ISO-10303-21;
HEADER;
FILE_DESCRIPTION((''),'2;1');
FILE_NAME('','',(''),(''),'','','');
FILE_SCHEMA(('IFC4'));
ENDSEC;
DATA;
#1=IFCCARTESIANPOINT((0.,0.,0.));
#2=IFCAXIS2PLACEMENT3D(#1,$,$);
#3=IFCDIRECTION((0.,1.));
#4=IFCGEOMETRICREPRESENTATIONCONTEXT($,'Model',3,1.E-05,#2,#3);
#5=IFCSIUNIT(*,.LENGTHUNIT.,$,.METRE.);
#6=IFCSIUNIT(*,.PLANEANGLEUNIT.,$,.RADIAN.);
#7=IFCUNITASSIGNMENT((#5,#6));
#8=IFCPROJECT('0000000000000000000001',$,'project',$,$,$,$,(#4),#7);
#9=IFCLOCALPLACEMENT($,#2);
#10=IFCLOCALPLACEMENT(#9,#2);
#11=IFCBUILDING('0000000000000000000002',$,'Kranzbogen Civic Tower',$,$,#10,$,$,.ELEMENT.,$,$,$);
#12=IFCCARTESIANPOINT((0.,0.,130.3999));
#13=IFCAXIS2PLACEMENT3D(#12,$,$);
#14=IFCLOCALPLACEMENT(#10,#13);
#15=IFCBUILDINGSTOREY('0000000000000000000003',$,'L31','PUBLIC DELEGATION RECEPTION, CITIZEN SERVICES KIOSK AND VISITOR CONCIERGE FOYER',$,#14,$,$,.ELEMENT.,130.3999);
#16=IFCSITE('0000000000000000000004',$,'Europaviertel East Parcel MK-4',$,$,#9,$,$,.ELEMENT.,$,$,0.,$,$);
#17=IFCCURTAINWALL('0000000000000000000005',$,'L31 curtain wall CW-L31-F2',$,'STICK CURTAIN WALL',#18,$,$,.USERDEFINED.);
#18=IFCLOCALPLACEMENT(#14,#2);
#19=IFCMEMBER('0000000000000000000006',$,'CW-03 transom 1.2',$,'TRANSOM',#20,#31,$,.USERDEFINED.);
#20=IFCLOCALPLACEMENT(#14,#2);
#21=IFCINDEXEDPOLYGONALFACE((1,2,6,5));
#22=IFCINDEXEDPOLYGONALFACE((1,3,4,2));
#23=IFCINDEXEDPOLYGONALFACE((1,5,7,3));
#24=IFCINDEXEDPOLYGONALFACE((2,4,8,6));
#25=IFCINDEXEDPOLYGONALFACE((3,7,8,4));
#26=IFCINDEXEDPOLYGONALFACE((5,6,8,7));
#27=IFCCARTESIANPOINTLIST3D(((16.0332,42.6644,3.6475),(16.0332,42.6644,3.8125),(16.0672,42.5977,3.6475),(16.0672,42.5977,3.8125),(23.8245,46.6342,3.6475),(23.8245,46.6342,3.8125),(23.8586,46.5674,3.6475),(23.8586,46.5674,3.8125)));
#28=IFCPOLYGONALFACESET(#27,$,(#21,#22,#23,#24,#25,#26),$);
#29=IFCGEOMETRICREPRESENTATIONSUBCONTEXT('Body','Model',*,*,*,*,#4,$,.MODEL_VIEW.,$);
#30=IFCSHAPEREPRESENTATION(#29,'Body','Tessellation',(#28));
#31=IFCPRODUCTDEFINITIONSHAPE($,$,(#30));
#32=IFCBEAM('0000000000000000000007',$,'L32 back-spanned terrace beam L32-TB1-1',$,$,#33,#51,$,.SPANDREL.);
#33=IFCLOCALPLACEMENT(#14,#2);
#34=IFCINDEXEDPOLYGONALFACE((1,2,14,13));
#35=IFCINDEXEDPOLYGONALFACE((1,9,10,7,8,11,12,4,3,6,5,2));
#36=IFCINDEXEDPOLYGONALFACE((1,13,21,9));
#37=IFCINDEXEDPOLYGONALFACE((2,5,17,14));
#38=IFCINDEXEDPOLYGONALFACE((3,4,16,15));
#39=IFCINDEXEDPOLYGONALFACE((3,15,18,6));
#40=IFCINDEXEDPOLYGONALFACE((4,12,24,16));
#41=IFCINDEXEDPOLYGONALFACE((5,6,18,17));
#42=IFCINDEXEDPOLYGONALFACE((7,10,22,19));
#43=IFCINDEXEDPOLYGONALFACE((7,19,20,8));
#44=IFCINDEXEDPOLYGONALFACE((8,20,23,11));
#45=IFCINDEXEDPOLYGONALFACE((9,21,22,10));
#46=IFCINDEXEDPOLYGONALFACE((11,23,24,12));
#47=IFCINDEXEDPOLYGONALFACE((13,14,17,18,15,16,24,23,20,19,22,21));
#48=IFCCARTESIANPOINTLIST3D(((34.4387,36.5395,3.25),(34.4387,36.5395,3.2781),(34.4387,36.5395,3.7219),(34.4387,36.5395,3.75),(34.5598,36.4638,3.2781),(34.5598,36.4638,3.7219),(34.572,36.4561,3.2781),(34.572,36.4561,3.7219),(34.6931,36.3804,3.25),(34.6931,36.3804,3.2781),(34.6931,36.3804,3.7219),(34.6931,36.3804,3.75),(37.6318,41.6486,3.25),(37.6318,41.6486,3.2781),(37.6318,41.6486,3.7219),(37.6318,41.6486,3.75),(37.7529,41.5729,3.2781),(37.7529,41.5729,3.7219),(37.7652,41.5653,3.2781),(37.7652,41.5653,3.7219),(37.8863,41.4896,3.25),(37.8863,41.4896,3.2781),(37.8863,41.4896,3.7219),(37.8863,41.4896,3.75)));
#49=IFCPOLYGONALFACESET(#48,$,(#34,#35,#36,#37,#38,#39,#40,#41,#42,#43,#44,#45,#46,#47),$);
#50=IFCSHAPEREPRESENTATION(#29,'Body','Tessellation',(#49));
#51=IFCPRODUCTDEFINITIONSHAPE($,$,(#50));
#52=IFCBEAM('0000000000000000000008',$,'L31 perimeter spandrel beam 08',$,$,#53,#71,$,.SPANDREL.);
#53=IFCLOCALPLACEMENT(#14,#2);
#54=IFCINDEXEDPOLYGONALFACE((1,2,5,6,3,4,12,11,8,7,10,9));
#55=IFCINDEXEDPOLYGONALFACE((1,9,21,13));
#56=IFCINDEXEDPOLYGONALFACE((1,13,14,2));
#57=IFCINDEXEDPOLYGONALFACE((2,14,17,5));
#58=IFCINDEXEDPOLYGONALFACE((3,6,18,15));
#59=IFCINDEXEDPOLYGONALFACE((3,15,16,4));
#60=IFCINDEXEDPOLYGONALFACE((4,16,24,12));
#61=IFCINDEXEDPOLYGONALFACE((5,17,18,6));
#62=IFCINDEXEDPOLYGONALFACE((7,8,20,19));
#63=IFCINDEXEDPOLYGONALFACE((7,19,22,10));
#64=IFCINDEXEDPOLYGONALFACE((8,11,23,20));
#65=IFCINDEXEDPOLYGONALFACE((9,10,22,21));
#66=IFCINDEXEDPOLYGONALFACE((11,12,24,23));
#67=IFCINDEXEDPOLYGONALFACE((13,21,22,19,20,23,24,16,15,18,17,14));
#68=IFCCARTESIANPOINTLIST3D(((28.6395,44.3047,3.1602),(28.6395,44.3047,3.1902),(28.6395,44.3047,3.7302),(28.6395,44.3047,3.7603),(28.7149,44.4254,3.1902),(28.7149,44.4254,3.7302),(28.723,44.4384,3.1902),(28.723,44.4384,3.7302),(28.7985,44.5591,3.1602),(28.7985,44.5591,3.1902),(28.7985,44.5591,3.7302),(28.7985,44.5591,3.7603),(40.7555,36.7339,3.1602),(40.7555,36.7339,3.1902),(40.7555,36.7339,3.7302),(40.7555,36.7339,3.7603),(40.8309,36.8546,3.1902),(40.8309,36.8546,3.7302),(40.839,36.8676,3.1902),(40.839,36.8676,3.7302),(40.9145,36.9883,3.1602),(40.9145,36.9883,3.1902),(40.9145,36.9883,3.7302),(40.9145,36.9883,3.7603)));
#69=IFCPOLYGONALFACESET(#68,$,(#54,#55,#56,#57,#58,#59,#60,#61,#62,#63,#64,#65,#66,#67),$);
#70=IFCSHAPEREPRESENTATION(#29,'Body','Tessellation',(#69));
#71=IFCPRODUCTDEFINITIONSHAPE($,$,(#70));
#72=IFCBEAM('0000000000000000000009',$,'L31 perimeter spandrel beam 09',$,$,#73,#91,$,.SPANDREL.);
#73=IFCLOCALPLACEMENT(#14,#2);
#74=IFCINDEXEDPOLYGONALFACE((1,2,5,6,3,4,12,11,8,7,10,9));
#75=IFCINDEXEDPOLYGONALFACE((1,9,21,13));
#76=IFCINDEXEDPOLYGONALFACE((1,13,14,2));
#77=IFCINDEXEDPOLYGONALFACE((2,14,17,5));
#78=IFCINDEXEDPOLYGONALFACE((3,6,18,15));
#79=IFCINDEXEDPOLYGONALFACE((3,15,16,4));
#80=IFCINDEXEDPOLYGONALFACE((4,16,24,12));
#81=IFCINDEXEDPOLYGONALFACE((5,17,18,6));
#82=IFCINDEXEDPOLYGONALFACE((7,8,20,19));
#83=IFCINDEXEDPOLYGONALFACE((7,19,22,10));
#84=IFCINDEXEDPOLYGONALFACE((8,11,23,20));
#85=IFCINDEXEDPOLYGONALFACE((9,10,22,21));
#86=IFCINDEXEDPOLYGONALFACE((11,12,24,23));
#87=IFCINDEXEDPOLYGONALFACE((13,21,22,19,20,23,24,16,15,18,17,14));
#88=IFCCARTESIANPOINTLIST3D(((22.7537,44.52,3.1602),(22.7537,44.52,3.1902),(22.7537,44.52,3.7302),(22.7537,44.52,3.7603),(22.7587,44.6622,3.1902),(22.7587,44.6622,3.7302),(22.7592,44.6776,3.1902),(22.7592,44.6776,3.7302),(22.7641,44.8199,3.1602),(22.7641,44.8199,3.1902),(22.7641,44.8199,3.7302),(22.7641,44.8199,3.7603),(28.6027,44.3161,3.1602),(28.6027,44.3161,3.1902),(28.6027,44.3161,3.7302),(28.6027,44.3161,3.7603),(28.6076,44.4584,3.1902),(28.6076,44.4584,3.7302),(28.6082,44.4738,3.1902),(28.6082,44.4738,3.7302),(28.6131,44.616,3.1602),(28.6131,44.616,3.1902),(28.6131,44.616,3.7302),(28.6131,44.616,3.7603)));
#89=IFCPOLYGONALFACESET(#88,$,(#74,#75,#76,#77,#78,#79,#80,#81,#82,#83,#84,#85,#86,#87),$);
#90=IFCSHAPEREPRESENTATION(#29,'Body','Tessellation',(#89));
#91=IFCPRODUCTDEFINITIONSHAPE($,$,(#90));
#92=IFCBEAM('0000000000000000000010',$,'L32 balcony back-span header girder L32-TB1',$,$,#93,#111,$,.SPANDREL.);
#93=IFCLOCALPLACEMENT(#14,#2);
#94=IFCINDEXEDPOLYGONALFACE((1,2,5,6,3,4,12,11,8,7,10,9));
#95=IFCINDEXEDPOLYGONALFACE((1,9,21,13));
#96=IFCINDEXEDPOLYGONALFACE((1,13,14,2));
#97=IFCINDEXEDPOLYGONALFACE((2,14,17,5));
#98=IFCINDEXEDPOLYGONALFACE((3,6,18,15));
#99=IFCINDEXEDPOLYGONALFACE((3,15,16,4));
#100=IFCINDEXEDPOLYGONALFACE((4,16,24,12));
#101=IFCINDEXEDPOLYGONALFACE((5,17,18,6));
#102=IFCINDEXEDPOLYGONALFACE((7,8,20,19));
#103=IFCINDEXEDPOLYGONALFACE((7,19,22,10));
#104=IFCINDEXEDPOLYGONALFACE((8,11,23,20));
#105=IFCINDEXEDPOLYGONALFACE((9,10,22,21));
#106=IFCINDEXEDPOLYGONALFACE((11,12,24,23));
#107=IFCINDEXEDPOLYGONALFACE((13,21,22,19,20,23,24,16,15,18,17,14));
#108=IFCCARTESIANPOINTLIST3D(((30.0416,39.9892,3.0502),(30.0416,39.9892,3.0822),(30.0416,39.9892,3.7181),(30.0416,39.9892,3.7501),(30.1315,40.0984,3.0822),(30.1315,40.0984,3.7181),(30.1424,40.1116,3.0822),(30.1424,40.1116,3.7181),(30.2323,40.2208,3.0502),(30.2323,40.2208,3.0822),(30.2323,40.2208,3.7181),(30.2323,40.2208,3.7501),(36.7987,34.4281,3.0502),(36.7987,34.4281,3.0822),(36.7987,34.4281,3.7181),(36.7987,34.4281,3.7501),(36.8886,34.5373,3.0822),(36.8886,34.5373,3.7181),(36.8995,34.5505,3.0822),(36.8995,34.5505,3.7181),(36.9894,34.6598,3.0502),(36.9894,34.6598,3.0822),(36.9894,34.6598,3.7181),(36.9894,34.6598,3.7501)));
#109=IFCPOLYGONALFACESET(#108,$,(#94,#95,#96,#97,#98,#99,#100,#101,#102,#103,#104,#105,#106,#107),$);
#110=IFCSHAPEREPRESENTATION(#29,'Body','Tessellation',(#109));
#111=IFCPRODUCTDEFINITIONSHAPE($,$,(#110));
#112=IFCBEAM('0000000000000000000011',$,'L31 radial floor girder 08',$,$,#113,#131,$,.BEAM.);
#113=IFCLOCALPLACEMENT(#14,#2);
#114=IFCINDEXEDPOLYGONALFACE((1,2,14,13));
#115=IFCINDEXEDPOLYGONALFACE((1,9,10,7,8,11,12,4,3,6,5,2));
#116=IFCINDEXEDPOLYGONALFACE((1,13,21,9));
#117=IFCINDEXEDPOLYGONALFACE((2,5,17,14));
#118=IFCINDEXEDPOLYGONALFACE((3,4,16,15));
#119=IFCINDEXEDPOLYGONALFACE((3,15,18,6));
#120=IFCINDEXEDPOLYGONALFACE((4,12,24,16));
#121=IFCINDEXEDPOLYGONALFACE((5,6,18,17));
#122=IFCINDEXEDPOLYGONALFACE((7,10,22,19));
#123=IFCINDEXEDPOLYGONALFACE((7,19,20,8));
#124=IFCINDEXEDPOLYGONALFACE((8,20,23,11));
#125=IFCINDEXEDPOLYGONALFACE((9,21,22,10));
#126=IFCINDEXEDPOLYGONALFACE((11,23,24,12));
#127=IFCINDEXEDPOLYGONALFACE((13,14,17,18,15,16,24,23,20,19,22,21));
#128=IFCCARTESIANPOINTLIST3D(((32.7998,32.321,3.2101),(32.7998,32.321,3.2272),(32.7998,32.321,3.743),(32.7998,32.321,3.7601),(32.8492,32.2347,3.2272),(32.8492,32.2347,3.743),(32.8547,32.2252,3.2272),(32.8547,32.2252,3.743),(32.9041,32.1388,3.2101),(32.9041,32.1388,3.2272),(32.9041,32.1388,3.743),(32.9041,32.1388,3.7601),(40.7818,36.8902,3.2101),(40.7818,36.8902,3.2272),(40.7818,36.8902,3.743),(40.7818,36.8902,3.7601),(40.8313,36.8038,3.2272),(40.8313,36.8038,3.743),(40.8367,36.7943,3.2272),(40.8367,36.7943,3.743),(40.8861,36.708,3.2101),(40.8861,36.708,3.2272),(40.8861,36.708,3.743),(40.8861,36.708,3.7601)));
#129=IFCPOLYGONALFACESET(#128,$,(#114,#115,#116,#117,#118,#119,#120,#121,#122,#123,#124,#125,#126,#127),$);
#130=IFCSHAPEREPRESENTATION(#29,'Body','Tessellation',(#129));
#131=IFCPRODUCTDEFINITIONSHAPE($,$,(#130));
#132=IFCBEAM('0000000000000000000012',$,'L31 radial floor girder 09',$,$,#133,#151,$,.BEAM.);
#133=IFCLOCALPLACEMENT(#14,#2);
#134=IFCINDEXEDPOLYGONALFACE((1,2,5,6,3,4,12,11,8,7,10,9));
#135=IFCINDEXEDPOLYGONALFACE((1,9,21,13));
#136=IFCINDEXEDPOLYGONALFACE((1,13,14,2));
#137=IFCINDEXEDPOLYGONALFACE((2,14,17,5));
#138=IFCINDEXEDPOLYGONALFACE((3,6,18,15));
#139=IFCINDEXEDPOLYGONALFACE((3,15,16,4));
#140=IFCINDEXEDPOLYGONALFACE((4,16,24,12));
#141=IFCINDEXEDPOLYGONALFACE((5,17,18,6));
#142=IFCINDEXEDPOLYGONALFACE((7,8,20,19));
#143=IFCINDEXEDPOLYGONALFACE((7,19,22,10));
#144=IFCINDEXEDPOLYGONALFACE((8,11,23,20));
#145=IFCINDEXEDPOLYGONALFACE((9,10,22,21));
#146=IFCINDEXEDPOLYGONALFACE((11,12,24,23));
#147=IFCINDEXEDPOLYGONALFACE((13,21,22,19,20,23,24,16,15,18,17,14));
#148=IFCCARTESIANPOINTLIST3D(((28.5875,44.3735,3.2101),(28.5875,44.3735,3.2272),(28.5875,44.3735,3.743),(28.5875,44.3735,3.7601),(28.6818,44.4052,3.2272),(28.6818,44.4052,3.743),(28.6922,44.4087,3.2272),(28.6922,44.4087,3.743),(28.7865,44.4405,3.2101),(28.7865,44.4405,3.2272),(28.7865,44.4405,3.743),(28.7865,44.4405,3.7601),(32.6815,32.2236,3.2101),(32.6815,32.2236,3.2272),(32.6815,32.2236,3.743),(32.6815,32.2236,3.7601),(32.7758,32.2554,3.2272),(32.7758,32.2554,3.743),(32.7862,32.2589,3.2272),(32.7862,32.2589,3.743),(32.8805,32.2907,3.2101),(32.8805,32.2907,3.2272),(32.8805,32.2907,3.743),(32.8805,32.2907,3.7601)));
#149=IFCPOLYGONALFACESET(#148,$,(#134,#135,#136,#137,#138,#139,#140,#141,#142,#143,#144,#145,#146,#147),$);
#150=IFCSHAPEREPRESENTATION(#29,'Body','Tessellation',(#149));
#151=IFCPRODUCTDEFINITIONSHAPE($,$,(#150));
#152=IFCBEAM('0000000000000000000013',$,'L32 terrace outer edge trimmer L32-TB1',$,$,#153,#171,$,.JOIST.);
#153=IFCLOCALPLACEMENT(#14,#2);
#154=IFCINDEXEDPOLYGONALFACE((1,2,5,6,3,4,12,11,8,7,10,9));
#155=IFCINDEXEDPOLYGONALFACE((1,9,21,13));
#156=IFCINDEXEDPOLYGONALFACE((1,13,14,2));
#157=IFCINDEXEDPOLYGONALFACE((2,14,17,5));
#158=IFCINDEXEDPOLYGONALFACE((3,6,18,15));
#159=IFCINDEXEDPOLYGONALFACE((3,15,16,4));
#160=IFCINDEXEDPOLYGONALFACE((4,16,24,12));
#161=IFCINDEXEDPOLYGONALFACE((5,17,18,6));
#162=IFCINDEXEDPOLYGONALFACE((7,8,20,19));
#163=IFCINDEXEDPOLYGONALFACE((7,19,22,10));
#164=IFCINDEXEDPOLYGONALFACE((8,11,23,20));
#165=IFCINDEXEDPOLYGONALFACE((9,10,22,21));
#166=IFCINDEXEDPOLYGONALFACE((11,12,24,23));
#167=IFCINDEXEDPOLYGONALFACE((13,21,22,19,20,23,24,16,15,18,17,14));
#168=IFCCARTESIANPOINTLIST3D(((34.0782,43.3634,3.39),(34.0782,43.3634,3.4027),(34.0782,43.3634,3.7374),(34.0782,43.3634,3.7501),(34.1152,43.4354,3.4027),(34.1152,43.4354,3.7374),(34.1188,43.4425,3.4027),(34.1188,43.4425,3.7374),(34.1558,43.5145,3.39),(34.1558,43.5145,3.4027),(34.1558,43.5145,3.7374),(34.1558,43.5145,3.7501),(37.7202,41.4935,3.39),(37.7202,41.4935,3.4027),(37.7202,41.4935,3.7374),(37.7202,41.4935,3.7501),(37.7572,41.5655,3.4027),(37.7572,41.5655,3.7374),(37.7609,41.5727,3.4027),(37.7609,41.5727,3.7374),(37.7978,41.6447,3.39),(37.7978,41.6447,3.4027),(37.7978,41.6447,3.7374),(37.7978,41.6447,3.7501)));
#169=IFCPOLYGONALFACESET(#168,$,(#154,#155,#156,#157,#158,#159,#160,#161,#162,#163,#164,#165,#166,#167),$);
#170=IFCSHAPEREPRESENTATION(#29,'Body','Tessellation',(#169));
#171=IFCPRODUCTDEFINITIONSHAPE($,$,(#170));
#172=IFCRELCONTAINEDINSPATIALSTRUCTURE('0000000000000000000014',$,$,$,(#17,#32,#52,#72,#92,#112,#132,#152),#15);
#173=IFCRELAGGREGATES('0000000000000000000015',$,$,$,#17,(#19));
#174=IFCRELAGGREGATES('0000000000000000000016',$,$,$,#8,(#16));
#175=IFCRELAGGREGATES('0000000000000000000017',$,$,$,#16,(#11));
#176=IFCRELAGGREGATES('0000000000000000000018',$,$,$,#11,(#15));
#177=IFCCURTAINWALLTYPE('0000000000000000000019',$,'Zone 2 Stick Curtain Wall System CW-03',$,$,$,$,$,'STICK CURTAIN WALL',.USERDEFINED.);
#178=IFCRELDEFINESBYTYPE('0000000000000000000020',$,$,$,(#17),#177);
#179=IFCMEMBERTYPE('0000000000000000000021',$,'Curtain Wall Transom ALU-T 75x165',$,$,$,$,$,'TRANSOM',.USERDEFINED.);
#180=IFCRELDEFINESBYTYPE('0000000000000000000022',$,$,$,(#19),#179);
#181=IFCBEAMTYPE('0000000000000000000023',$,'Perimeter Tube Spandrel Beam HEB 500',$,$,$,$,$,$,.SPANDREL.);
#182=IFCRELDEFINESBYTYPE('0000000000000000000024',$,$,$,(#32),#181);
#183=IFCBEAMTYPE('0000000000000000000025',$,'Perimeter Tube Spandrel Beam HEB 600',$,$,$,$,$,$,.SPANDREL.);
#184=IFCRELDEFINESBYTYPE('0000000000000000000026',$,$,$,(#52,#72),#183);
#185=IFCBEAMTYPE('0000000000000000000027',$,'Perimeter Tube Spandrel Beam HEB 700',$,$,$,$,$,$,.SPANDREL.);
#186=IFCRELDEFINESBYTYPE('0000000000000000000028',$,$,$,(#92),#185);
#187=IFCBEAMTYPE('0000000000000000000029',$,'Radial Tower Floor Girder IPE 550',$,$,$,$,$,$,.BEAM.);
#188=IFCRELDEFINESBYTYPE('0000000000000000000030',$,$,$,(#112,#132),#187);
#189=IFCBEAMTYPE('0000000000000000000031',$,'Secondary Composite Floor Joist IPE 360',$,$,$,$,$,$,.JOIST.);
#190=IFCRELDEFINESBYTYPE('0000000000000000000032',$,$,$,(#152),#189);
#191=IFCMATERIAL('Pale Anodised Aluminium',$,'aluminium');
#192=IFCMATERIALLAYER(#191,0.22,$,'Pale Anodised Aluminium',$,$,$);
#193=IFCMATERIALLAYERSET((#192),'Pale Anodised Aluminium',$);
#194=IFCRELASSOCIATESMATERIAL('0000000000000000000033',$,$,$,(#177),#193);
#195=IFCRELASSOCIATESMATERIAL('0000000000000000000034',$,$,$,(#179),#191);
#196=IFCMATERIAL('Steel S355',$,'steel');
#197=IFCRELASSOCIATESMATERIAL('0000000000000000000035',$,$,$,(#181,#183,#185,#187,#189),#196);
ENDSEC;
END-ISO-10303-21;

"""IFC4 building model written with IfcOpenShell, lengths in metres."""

from ifc_helpers import new_model, si_unit, direction, frame, origin, origin_2d, place, context, subcontext, project, spatial, rectangle, i_section, extrude, material, layer, layer_set, material_profile, profile_set, type_object, element, aggregate, save


model = new_model("IFC4")

# Units and contexts
model_context = context("Model", 3, precision=1e-05, world=origin(), true_north=direction((0.0, 1.0)))
body_context = subcontext(model_context, "Body", "Model", "MODEL_VIEW")
ifc_project = project(units=[si_unit("LENGTHUNIT", "METRE"), si_unit("PLANEANGLEUNIT", "RADIAN")], contexts=[model_context])

# Site, building, storey
site_placement = place(None, origin())
site = spatial("IfcSite", under=ifc_project, at=site_placement, Name="Europaviertel East Parcel MK-4", CompositionType="ELEMENT", RefElevation=0.0)
building_placement = place(site_placement, origin())
building = spatial("IfcBuilding", under=site, at=building_placement, Name="Kranzbogen Civic Tower", CompositionType="ELEMENT")
storey_placement = place(building_placement, frame((0.0, 0.0, 130.3999)))
storey = spatial("IfcBuildingStorey", under=building, at=storey_placement, Name="L31", Description="PUBLIC DELEGATION RECEPTION, CITIZEN SERVICES KIOSK AND VISITOR CONCIERGE FOYER", CompositionType="ELEMENT", Elevation=130.3999)

# Shared definitions
ifc_material_1 = material(Name="Steel S355", Category="steel")

# Shared definitions
ifc_material_2 = material(Name="Pale Anodised Aluminium", Category="aluminium")
ifc_layer_1 = layer(ifc_material_2, 0.22, Name="Pale Anodised Aluminium")
ifc_layer_set_1 = layer_set([ifc_layer_1], Name="Pale Anodised Aluminium")
curtain_wall_type = type_object("IfcCurtainWallType", Name="Zone 2 Stick Curtain Wall System CW-03", ElementType="STICK CURTAIN WALL", PredefinedType="USERDEFINED", material=ifc_layer_set_1)

# Curtain wall
curtain_wall_1_placement = place(storey_placement, origin())
curtain_wall_1 = element("IfcCurtainWall", 1, at=curtain_wall_1_placement, inside=storey, type_object=curtain_wall_type, Name="L31 curtain wall CW-L31-F2", ObjectType="STICK CURTAIN WALL", PredefinedType="USERDEFINED")

# Member
ifc_material_profile_1 = material_profile(ifc_material_2, rectangle(XDim=0.075, YDim=0.165, at=origin_2d()), Name="ALU-T 75x165")
ifc_profile_set_1 = profile_set([ifc_material_profile_1], Name="Pale Anodised Aluminium")
member_type_1 = type_object("IfcMemberType", Name="Curtain Wall Transom ALU-T 75x165", ElementType="TRANSOM", PredefinedType="USERDEFINED", material=ifc_profile_set_1)
member_1_placement = place(storey_placement, frame((23.8416, 46.6008, 3.73), z_axis=(-0.891012, -0.45398, 0.0), x_axis=(0.45398, -0.891012, 0.0)))
member_1 = element("IfcMember", 2, at=member_1_placement, type_object=member_type_1, Name="CW-03 transom 1.2", ObjectType="TRANSOM", PredefinedType="USERDEFINED", context=body_context, shape_type="SweptSolid", body=[
    extrude(rectangle(XDim=0.075, YDim=0.165, at=origin_2d()), origin(), (0.0, 0.0, 1.0), 8.7444),
])
aggregate(curtain_wall_1, [member_1])

# Beams
ifc_material_profile_2 = material_profile(ifc_material_1, i_section(OverallWidth=0.3, OverallDepth=0.5, WebThickness=0.0144, FlangeThickness=0.0281, at=origin_2d()), Name="HEB 500")
ifc_profile_set_2 = profile_set([ifc_material_profile_2], Name="Steel S355")
beam_type_1 = type_object("IfcBeamType", Name="Perimeter Tube Spandrel Beam HEB 500", PredefinedType="SPANDREL", material=ifc_profile_set_2)
beam_1_placement = place(storey_placement, frame((34.5659, 36.46, 3.5), z_axis=(0.529988, 0.848005, 0.0), x_axis=(-0.848005, 0.529988, 0.0)))
element("IfcBeam", 3, at=beam_1_placement, inside=storey, type_object=beam_type_1, Name="L32 back-spanned terrace beam L32-TB1-1", PredefinedType="SPANDREL", context=body_context, shape_type="SweptSolid", body=[
    extrude(i_section(OverallWidth=0.3, OverallDepth=0.5, WebThickness=0.0144, FlangeThickness=0.0281, at=origin_2d()), origin(), (0.0, 0.0, 1.0), 6.0249),
])
ifc_material_profile_3 = material_profile(ifc_material_1, i_section(OverallWidth=0.3, OverallDepth=0.6001, WebThickness=0.0154, FlangeThickness=0.03, at=origin_2d()), Name="HEB 600")
ifc_profile_set_3 = profile_set([ifc_material_profile_3], Name="Steel S355")
beam_type_2 = type_object("IfcBeamType", Name="Perimeter Tube Spandrel Beam HEB 600", PredefinedType="SPANDREL", material=ifc_profile_set_3)
beam_2_placement = place(storey_placement, frame((40.835, 36.8611, 3.4602), z_axis=(-0.848051, 0.529914, 0.0), x_axis=(-0.529914, -0.848051, 0.0)))
element("IfcBeam", 4, at=beam_2_placement, inside=storey, type_object=beam_type_2, Name="L31 perimeter spandrel beam 08", PredefinedType="SPANDREL", context=body_context, shape_type="SweptSolid", body=[
    extrude(i_section(OverallWidth=0.3, OverallDepth=0.6001, WebThickness=0.0154, FlangeThickness=0.03, at=origin_2d()), origin(), (0.0, 0.0, 1.0), 14.2869),
])
beam_3_placement = place(storey_placement, frame((28.6079, 44.4661, 3.4602), z_axis=(-0.999393, 0.034833, 0.0), x_axis=(-0.034833, -0.999393, 0.0)))
element("IfcBeam", 5, at=beam_3_placement, inside=storey, type_object=beam_type_2, Name="L31 perimeter spandrel beam 09", PredefinedType="SPANDREL", context=body_context, shape_type="SweptSolid", body=[
    extrude(i_section(OverallWidth=0.3, OverallDepth=0.6001, WebThickness=0.0154, FlangeThickness=0.03, at=origin_2d()), origin(), (0.0, 0.0, 1.0), 5.8525),
])
ifc_material_profile_4 = material_profile(ifc_material_1, i_section(OverallWidth=0.3, OverallDepth=0.7, WebThickness=0.0171, FlangeThickness=0.032, at=origin_2d()), Name="HEB 700")
ifc_profile_set_4 = profile_set([ifc_material_profile_4], Name="Steel S355")
beam_type_3 = type_object("IfcBeamType", Name="Perimeter Tube Spandrel Beam HEB 700", PredefinedType="SPANDREL", material=ifc_profile_set_4)
beam_4_placement = place(storey_placement, frame((36.894, 34.5439, 3.4001), z_axis=(-0.772133, 0.635461, 0.0), x_axis=(-0.635461, -0.772133, 0.0)))
element("IfcBeam", 6, at=beam_4_placement, inside=storey, type_object=beam_type_3, Name="L32 balcony back-span header girder L32-TB1", PredefinedType="SPANDREL", context=body_context, shape_type="SweptSolid", body=[
    extrude(i_section(OverallWidth=0.3, OverallDepth=0.7, WebThickness=0.0171, FlangeThickness=0.032, at=origin_2d()), origin(), (0.0, 0.0, 1.0), 8.7512),
])
ifc_material_profile_5 = material_profile(ifc_material_1, i_section(OverallWidth=0.21, OverallDepth=0.55, WebThickness=0.011, FlangeThickness=0.0171, at=origin_2d()), Name="IPE 550")
ifc_profile_set_5 = profile_set([ifc_material_profile_5], Name="Steel S355")
beam_type_4 = type_object("IfcBeamType", Name="Radial Tower Floor Girder IPE 550", PredefinedType="BEAM", material=ifc_profile_set_5)
beam_5_placement = place(storey_placement, frame((40.834, 36.7991, 3.4851), z_axis=(-0.867869, -0.496793, 0.0), x_axis=(0.496793, -0.867869, 0.0)))
element("IfcBeam", 7, at=beam_5_placement, inside=storey, type_object=beam_type_4, Name="L31 radial floor girder 08", PredefinedType="BEAM", context=body_context, shape_type="SweptSolid", body=[
    extrude(i_section(OverallWidth=0.21, OverallDepth=0.55, WebThickness=0.011, FlangeThickness=0.0171, at=origin_2d()), origin(), (0.0, 0.0, 1.0), 9.1973),
])
beam_6_placement = place(storey_placement, frame((28.687, 44.407, 3.4851), z_axis=(0.319317, -0.947648, 0.0), x_axis=(0.947648, 0.319317, 0.0)))
element("IfcBeam", 8, at=beam_6_placement, inside=storey, type_object=beam_type_4, Name="L31 radial floor girder 09", PredefinedType="BEAM", context=body_context, shape_type="SweptSolid", body=[
    extrude(i_section(OverallWidth=0.21, OverallDepth=0.55, WebThickness=0.011, FlangeThickness=0.0171, at=origin_2d()), origin(), (0.0, 0.0, 1.0), 12.821),
])
ifc_material_profile_6 = material_profile(ifc_material_1, i_section(OverallWidth=0.1699, OverallDepth=0.3601, WebThickness=0.0081, FlangeThickness=0.0127, at=origin_2d()), Name="IPE 360")
ifc_profile_set_6 = profile_set([ifc_material_profile_6], Name="Steel S355")
beam_type_5 = type_object("IfcBeamType", Name="Secondary Composite Floor Joist IPE 360", PredefinedType="JOIST", material=ifc_profile_set_6)
beam_7_placement = place(storey_placement, frame((37.759, 41.5691, 3.5701), z_axis=(-0.889606, 0.456729, 0.0), x_axis=(-0.456729, -0.889606, 0.0)))
element("IfcBeam", 9, at=beam_7_placement, inside=storey, type_object=beam_type_5, Name="L32 terrace outer edge trimmer L32-TB1", PredefinedType="JOIST", context=body_context, shape_type="SweptSolid", body=[
    extrude(i_section(OverallWidth=0.1699, OverallDepth=0.3601, WebThickness=0.0081, FlangeThickness=0.0127, at=origin_2d()), origin(), (0.0, 0.0, 1.0), 4.094),
])

save(model, "model.ifc")
